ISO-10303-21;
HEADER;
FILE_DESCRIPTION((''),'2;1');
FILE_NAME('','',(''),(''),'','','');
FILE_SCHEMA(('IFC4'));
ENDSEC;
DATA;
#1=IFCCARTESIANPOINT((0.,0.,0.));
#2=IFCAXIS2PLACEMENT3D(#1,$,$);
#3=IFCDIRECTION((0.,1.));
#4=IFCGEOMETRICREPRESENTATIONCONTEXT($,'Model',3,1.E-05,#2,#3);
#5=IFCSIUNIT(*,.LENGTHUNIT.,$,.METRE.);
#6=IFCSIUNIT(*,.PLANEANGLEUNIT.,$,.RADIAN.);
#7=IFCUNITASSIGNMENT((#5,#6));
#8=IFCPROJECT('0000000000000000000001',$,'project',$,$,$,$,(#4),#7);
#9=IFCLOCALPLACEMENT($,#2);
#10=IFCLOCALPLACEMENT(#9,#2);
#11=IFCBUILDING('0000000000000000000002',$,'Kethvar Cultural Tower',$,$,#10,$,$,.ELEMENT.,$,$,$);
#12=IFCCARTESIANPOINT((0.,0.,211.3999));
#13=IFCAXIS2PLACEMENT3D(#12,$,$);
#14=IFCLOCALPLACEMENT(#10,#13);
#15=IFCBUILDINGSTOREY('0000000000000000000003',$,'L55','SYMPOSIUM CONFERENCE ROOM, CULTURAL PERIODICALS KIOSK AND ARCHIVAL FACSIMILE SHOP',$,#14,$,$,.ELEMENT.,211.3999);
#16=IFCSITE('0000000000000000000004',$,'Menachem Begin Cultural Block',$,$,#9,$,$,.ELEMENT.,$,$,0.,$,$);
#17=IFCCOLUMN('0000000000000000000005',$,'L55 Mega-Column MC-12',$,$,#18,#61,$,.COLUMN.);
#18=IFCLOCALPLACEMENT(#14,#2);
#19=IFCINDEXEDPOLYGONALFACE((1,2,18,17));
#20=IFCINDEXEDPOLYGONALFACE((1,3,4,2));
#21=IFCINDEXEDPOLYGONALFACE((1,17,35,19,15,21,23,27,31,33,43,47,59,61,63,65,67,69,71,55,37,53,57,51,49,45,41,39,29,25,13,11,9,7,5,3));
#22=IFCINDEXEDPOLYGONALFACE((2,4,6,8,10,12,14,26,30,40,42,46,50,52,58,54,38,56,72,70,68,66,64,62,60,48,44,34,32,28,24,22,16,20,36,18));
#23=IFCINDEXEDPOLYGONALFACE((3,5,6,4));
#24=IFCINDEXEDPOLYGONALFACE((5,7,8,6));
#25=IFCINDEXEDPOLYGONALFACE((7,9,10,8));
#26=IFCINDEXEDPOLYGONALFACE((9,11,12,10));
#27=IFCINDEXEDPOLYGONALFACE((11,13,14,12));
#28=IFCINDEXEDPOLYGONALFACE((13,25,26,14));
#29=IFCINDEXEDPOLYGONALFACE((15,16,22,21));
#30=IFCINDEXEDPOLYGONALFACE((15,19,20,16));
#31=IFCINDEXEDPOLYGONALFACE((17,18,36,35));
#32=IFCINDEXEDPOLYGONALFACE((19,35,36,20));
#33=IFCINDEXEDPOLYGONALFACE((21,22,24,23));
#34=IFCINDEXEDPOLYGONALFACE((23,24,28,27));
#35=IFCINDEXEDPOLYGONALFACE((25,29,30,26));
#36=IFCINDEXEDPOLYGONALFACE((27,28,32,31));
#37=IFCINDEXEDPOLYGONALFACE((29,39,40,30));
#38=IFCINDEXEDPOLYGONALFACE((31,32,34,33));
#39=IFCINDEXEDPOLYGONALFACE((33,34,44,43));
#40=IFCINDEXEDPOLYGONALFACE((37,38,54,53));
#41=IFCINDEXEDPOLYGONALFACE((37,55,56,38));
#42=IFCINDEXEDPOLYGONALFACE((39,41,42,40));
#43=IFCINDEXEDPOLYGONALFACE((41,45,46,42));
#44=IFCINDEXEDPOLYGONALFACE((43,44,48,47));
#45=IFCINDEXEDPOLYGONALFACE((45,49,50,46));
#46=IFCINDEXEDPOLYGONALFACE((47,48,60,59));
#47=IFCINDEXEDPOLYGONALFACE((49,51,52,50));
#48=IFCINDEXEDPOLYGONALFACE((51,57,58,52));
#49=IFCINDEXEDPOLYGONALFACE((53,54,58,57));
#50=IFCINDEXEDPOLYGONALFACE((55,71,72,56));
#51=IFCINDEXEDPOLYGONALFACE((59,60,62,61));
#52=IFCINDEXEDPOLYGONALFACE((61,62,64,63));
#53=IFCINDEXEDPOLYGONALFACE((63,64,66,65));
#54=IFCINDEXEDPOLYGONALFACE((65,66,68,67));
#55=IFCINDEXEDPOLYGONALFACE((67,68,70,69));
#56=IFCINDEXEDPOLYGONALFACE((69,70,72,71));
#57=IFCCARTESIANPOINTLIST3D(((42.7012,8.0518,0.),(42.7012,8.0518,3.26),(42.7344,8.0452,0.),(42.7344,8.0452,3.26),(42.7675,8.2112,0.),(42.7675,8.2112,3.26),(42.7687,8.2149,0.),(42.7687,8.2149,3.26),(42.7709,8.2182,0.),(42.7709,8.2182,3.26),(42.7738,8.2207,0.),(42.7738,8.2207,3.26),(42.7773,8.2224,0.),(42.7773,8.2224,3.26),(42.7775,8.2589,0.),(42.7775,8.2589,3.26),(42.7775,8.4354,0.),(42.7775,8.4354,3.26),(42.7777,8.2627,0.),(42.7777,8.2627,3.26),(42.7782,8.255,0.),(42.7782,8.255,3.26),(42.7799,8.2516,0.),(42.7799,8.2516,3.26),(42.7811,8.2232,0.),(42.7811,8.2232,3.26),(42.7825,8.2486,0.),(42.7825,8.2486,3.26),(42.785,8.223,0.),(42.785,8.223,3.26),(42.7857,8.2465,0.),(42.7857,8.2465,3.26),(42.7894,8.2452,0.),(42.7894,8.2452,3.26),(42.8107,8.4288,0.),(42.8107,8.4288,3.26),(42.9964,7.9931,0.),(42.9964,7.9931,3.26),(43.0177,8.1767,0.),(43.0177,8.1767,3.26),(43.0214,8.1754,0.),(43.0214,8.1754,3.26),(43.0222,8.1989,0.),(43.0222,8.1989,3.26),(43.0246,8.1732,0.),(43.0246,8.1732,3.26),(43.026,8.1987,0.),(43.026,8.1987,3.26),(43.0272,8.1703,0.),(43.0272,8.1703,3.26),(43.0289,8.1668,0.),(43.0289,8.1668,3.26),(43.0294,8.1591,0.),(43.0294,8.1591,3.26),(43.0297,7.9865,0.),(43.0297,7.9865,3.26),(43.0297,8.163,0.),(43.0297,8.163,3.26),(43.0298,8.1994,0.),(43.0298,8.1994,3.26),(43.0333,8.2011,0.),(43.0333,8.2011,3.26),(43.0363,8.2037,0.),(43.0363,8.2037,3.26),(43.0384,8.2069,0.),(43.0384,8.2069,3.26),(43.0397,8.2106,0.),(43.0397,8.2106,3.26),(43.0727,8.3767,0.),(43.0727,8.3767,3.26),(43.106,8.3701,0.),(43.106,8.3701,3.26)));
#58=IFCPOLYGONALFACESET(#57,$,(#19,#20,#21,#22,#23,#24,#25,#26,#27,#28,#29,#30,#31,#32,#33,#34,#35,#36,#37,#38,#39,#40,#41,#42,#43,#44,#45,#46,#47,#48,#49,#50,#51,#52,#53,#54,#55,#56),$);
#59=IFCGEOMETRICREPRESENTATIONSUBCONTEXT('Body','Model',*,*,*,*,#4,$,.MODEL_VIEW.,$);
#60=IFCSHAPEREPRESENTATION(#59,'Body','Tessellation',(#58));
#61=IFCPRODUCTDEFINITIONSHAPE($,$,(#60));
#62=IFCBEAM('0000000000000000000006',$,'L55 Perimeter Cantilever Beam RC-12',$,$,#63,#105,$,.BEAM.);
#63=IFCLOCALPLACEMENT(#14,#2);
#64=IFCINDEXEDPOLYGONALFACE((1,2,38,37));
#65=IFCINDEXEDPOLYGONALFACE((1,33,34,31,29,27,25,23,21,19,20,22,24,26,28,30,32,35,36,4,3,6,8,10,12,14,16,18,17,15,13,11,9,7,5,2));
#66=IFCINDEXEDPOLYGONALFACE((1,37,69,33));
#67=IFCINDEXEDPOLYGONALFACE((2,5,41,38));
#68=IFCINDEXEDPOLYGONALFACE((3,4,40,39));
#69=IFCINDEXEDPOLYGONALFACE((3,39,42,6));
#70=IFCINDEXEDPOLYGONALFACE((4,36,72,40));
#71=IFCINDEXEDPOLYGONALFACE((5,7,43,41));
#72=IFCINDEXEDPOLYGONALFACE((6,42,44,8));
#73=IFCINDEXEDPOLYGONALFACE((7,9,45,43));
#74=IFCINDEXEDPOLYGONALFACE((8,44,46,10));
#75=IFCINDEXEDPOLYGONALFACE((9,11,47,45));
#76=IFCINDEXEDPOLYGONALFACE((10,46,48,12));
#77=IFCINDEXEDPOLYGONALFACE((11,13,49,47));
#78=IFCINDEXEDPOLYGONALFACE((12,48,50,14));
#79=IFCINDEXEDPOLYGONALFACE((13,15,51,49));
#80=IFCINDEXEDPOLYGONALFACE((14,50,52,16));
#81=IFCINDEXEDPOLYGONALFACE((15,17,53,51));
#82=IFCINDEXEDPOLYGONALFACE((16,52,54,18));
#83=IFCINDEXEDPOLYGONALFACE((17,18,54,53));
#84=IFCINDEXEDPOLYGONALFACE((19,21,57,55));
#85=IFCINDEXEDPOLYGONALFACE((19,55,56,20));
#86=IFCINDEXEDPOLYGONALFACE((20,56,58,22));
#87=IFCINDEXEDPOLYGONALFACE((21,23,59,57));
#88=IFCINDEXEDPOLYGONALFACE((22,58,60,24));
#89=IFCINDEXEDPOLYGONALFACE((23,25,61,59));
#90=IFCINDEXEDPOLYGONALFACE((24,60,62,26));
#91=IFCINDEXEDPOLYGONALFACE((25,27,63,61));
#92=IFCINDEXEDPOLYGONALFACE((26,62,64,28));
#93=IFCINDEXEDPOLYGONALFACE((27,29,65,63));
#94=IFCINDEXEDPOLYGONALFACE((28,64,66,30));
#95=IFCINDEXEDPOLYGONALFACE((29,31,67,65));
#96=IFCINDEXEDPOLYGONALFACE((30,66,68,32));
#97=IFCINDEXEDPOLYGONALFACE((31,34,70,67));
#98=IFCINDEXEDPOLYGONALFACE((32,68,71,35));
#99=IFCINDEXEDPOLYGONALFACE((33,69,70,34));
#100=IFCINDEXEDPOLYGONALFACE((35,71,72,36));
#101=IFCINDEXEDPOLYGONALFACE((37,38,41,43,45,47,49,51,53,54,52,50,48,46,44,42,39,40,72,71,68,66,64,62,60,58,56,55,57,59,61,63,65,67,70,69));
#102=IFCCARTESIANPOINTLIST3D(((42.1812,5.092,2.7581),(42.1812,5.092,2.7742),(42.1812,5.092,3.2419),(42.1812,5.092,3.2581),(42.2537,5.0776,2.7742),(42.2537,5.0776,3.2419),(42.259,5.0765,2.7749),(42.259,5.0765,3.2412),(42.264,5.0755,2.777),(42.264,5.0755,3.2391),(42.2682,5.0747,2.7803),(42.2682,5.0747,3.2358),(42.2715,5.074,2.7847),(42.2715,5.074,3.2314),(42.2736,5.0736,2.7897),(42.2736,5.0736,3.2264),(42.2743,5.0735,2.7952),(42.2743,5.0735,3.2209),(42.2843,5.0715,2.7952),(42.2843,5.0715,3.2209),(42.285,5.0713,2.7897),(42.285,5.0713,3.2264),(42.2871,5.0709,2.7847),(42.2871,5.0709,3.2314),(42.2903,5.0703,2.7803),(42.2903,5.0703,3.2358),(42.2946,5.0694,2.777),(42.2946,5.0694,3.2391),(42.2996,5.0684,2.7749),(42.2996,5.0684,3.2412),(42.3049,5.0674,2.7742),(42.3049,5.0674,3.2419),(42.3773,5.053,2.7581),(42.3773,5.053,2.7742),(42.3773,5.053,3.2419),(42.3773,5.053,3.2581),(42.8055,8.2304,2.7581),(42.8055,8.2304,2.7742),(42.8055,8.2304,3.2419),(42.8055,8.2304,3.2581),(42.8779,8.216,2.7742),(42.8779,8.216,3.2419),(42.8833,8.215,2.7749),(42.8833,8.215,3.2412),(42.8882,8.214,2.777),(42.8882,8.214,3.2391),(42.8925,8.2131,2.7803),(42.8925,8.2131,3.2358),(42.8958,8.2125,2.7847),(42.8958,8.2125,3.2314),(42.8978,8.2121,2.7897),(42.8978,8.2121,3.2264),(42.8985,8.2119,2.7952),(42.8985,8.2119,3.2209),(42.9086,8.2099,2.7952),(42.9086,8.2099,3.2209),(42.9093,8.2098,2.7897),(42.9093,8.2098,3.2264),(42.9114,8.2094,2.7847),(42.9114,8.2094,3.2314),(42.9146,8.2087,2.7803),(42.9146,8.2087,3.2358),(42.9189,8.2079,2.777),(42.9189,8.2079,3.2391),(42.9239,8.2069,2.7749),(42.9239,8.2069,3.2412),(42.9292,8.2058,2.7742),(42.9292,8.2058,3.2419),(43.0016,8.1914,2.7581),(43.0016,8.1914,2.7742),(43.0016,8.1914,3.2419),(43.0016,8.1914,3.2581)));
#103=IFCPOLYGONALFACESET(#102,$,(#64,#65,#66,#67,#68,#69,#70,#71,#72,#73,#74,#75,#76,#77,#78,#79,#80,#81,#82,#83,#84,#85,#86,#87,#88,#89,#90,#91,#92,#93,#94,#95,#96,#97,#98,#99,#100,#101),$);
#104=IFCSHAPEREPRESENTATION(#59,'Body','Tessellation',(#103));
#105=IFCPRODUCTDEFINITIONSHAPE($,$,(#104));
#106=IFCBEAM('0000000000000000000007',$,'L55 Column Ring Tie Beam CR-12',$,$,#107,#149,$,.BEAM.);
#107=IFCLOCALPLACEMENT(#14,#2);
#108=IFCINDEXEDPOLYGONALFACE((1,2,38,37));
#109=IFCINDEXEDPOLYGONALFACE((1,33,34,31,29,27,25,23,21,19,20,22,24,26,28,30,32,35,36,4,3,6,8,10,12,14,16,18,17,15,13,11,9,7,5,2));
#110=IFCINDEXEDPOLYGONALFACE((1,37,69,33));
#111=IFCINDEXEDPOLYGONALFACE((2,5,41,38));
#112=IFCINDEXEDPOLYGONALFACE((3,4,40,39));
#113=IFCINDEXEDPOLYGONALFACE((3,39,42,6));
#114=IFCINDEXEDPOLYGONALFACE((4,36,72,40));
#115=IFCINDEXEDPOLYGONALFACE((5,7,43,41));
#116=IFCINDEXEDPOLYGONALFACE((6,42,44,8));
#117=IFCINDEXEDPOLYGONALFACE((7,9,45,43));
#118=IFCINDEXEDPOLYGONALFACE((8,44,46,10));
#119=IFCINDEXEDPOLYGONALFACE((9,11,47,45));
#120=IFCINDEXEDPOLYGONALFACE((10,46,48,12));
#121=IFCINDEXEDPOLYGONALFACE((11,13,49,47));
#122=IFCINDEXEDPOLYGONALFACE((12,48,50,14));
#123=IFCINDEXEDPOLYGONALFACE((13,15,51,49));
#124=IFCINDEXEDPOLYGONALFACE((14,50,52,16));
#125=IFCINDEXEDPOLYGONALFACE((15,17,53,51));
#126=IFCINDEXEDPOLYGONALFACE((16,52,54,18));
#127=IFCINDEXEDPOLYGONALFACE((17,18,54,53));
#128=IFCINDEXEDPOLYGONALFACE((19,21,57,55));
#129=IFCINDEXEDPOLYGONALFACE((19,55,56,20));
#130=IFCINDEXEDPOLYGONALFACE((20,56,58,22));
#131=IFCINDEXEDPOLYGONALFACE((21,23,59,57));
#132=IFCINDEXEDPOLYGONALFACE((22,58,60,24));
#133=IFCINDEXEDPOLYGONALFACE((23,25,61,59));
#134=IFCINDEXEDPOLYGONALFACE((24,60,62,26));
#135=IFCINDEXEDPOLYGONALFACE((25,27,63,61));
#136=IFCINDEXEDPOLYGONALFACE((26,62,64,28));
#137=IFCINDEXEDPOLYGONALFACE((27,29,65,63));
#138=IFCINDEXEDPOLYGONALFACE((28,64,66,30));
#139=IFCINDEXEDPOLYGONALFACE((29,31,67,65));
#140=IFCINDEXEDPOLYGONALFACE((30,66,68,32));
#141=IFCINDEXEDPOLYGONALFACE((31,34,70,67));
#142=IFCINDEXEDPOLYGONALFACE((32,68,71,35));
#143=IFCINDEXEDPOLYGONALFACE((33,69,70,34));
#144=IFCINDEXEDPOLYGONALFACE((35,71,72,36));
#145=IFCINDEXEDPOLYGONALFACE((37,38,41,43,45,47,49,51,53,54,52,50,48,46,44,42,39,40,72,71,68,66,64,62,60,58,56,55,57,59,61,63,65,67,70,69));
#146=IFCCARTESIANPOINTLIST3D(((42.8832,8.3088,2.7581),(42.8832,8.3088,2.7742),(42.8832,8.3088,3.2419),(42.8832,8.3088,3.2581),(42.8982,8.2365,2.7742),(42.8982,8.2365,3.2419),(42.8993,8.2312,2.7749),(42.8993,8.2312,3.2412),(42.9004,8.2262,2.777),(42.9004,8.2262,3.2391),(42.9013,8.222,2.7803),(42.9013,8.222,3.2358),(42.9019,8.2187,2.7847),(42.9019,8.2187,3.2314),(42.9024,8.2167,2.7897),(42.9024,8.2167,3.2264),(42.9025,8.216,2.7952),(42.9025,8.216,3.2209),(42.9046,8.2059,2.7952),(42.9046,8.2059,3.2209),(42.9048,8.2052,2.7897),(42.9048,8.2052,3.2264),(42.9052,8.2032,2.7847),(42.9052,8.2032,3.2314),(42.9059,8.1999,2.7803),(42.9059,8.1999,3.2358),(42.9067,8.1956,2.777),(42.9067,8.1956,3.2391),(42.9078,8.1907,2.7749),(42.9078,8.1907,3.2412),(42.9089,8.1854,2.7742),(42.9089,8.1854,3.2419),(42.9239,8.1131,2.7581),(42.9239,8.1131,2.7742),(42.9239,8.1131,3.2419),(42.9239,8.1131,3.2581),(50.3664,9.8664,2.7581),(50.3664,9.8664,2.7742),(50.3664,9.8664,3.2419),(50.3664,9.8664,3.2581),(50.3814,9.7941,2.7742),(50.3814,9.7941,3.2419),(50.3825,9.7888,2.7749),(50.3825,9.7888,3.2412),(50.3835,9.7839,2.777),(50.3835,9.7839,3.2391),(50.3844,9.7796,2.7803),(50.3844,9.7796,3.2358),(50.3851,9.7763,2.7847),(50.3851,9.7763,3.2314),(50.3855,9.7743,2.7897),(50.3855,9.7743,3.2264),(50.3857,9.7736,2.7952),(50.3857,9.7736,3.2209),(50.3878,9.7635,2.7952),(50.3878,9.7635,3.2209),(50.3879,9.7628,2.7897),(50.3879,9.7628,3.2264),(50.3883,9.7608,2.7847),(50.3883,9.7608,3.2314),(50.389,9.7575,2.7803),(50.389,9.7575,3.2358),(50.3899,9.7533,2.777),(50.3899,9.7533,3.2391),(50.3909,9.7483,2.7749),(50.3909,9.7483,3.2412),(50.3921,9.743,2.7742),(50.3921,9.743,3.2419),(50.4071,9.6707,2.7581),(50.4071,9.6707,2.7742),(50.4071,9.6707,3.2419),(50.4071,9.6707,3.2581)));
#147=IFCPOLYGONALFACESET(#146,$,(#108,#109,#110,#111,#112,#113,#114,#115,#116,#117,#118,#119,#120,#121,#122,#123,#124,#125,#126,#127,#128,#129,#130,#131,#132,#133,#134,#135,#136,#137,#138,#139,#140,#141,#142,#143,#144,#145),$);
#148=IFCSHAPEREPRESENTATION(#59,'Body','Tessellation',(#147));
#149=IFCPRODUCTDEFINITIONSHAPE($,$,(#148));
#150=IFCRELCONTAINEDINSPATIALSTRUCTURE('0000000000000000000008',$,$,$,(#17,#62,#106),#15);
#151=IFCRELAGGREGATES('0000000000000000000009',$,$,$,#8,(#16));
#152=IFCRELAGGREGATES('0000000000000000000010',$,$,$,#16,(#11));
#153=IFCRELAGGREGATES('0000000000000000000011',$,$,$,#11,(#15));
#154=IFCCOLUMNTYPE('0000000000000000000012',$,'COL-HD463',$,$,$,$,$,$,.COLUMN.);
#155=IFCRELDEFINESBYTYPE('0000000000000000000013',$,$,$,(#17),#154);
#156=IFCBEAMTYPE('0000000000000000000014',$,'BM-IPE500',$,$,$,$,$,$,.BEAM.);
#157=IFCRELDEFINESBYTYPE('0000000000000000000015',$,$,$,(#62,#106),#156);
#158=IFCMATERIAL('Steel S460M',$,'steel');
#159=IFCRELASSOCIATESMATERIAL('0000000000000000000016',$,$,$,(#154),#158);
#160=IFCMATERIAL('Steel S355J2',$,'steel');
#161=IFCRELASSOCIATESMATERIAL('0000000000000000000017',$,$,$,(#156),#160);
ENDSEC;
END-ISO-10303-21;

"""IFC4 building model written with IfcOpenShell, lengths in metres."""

from ifc_helpers import new_model, si_unit, direction, frame, origin, origin_2d, place, context, subcontext, project, spatial, i_section, extrude, source, transform, mapped, material, material_profile, profile_set, type_object, element, save


model = new_model("IFC4")

# Units and contexts
model_context = context("Model", 3, precision=1e-05, world=origin(), true_north=direction((0.0, 1.0)))
body_context = subcontext(model_context, "Body", "Model", "MODEL_VIEW")
ifc_project = project(units=[si_unit("LENGTHUNIT", "METRE"), si_unit("PLANEANGLEUNIT", "RADIAN")], contexts=[model_context])

# Site, building, storey
site_placement = place(None, origin())
site = spatial("IfcSite", under=ifc_project, at=site_placement, Name="Menachem Begin Cultural Block", CompositionType="ELEMENT", RefElevation=0.0)
building_placement = place(site_placement, origin())
building = spatial("IfcBuilding", under=site, at=building_placement, Name="Kethvar Cultural Tower", CompositionType="ELEMENT")
storey_placement = place(building_placement, frame((0.0, 0.0, 211.3999)))
storey = spatial("IfcBuildingStorey", under=building, at=storey_placement, Name="L55", Description="SYMPOSIUM CONFERENCE ROOM, CULTURAL PERIODICALS KIOSK AND ARCHIVAL FACSIMILE SHOP", CompositionType="ELEMENT", Elevation=211.3999)

# Column
ifc_material_1 = material(Name="Steel S460M", Category="steel")
ifc_material_profile_1 = material_profile(ifc_material_1, i_section(OverallWidth=0.3911, OverallDepth=0.335, WebThickness=0.0227, FlangeThickness=0.0339, FilletRadius=0.0149, at=origin_2d()), Name="Steel S460M — HD400x463")
ifc_profile_set_1 = profile_set([ifc_material_profile_1], Name="Steel S460M — HD400x463")
column_type = type_object("IfcColumnType", Name="COL-HD463", PredefinedType="COLUMN", material=ifc_profile_set_1)
shared_shape_1 = source(origin(), body_context, "Body", "SweptSolid", [
    extrude(i_section(OverallWidth=0.3911, OverallDepth=0.335, WebThickness=0.0227, FlangeThickness=0.0339, FilletRadius=0.0149, at=origin_2d()), origin(), (0.0, 0.0, 1.0), 3.26),
])
column_placement = place(storey_placement, frame((42.9036, 8.2109, 0.0), z_axis=(0.0, 0.0, 1.0), x_axis=(-0.19509, -0.980785, 0.0)))
element("IfcColumn", 1, at=column_placement, inside=storey, type_object=column_type, Name="L55 Mega-Column MC-12", PredefinedType="COLUMN", context=body_context, shape_type="MappedRepresentation", body=[
    mapped(shared_shape_1, transform((0.0, 0.0, 0.0), scale=1.0)),
])

# Beams
ifc_material_2 = material(Name="Steel S355J2", Category="steel")
ifc_material_profile_2 = material_profile(ifc_material_2, i_section(OverallWidth=0.2, OverallDepth=0.5, WebThickness=0.0103, FlangeThickness=0.0161, FilletRadius=0.021, at=origin_2d()), Name="Steel S355J2 — IPE500")
ifc_profile_set_2 = profile_set([ifc_material_profile_2], Name="Steel S355J2 — IPE500")
beam_type_1 = type_object("IfcBeamType", Name="BM-IPE500", PredefinedType="BEAM", material=ifc_profile_set_2)
shared_shape_2 = source(origin(), body_context, "Body", "SweptSolid", [
    extrude(i_section(OverallWidth=0.2, OverallDepth=0.5, WebThickness=0.0103, FlangeThickness=0.0161, FilletRadius=0.021, at=origin_2d()), origin(), (0.0, 0.0, 1.0), 3.2),
])
beam_1_placement = place(storey_placement, frame((42.9036, 8.2109, 3.0081), z_axis=(-0.195089, -0.980786, 0.0), x_axis=(0.980786, -0.195089, 0.0)))
element("IfcBeam", 2, at=beam_1_placement, inside=storey, type_object=beam_type_1, Name="L55 Perimeter Cantilever Beam RC-12", PredefinedType="BEAM", context=body_context, shape_type="MappedRepresentation", body=[
    mapped(shared_shape_2, transform((0.0, 0.0, 0.0), scale=1.0)),
])
shared_shape_3 = source(origin(), body_context, "Body", "SweptSolid", [
    extrude(i_section(OverallWidth=0.2, OverallDepth=0.5, WebThickness=0.0103, FlangeThickness=0.0161, FilletRadius=0.021, at=origin_2d()), origin(), (0.0, 0.0, 1.0), 7.6436),
])
beam_2_placement = place(storey_placement, frame((42.9036, 8.2109, 3.0081), z_axis=(0.979016, 0.203782, 0.0), x_axis=(-0.203782, 0.979016, 0.0)))
element("IfcBeam", 3, at=beam_2_placement, inside=storey, type_object=beam_type_1, Name="L55 Column Ring Tie Beam CR-12", PredefinedType="BEAM", context=body_context, shape_type="MappedRepresentation", body=[
    mapped(shared_shape_3, transform((0.0, 0.0, 0.0), scale=1.0)),
])

save(model, "model.ifc")
